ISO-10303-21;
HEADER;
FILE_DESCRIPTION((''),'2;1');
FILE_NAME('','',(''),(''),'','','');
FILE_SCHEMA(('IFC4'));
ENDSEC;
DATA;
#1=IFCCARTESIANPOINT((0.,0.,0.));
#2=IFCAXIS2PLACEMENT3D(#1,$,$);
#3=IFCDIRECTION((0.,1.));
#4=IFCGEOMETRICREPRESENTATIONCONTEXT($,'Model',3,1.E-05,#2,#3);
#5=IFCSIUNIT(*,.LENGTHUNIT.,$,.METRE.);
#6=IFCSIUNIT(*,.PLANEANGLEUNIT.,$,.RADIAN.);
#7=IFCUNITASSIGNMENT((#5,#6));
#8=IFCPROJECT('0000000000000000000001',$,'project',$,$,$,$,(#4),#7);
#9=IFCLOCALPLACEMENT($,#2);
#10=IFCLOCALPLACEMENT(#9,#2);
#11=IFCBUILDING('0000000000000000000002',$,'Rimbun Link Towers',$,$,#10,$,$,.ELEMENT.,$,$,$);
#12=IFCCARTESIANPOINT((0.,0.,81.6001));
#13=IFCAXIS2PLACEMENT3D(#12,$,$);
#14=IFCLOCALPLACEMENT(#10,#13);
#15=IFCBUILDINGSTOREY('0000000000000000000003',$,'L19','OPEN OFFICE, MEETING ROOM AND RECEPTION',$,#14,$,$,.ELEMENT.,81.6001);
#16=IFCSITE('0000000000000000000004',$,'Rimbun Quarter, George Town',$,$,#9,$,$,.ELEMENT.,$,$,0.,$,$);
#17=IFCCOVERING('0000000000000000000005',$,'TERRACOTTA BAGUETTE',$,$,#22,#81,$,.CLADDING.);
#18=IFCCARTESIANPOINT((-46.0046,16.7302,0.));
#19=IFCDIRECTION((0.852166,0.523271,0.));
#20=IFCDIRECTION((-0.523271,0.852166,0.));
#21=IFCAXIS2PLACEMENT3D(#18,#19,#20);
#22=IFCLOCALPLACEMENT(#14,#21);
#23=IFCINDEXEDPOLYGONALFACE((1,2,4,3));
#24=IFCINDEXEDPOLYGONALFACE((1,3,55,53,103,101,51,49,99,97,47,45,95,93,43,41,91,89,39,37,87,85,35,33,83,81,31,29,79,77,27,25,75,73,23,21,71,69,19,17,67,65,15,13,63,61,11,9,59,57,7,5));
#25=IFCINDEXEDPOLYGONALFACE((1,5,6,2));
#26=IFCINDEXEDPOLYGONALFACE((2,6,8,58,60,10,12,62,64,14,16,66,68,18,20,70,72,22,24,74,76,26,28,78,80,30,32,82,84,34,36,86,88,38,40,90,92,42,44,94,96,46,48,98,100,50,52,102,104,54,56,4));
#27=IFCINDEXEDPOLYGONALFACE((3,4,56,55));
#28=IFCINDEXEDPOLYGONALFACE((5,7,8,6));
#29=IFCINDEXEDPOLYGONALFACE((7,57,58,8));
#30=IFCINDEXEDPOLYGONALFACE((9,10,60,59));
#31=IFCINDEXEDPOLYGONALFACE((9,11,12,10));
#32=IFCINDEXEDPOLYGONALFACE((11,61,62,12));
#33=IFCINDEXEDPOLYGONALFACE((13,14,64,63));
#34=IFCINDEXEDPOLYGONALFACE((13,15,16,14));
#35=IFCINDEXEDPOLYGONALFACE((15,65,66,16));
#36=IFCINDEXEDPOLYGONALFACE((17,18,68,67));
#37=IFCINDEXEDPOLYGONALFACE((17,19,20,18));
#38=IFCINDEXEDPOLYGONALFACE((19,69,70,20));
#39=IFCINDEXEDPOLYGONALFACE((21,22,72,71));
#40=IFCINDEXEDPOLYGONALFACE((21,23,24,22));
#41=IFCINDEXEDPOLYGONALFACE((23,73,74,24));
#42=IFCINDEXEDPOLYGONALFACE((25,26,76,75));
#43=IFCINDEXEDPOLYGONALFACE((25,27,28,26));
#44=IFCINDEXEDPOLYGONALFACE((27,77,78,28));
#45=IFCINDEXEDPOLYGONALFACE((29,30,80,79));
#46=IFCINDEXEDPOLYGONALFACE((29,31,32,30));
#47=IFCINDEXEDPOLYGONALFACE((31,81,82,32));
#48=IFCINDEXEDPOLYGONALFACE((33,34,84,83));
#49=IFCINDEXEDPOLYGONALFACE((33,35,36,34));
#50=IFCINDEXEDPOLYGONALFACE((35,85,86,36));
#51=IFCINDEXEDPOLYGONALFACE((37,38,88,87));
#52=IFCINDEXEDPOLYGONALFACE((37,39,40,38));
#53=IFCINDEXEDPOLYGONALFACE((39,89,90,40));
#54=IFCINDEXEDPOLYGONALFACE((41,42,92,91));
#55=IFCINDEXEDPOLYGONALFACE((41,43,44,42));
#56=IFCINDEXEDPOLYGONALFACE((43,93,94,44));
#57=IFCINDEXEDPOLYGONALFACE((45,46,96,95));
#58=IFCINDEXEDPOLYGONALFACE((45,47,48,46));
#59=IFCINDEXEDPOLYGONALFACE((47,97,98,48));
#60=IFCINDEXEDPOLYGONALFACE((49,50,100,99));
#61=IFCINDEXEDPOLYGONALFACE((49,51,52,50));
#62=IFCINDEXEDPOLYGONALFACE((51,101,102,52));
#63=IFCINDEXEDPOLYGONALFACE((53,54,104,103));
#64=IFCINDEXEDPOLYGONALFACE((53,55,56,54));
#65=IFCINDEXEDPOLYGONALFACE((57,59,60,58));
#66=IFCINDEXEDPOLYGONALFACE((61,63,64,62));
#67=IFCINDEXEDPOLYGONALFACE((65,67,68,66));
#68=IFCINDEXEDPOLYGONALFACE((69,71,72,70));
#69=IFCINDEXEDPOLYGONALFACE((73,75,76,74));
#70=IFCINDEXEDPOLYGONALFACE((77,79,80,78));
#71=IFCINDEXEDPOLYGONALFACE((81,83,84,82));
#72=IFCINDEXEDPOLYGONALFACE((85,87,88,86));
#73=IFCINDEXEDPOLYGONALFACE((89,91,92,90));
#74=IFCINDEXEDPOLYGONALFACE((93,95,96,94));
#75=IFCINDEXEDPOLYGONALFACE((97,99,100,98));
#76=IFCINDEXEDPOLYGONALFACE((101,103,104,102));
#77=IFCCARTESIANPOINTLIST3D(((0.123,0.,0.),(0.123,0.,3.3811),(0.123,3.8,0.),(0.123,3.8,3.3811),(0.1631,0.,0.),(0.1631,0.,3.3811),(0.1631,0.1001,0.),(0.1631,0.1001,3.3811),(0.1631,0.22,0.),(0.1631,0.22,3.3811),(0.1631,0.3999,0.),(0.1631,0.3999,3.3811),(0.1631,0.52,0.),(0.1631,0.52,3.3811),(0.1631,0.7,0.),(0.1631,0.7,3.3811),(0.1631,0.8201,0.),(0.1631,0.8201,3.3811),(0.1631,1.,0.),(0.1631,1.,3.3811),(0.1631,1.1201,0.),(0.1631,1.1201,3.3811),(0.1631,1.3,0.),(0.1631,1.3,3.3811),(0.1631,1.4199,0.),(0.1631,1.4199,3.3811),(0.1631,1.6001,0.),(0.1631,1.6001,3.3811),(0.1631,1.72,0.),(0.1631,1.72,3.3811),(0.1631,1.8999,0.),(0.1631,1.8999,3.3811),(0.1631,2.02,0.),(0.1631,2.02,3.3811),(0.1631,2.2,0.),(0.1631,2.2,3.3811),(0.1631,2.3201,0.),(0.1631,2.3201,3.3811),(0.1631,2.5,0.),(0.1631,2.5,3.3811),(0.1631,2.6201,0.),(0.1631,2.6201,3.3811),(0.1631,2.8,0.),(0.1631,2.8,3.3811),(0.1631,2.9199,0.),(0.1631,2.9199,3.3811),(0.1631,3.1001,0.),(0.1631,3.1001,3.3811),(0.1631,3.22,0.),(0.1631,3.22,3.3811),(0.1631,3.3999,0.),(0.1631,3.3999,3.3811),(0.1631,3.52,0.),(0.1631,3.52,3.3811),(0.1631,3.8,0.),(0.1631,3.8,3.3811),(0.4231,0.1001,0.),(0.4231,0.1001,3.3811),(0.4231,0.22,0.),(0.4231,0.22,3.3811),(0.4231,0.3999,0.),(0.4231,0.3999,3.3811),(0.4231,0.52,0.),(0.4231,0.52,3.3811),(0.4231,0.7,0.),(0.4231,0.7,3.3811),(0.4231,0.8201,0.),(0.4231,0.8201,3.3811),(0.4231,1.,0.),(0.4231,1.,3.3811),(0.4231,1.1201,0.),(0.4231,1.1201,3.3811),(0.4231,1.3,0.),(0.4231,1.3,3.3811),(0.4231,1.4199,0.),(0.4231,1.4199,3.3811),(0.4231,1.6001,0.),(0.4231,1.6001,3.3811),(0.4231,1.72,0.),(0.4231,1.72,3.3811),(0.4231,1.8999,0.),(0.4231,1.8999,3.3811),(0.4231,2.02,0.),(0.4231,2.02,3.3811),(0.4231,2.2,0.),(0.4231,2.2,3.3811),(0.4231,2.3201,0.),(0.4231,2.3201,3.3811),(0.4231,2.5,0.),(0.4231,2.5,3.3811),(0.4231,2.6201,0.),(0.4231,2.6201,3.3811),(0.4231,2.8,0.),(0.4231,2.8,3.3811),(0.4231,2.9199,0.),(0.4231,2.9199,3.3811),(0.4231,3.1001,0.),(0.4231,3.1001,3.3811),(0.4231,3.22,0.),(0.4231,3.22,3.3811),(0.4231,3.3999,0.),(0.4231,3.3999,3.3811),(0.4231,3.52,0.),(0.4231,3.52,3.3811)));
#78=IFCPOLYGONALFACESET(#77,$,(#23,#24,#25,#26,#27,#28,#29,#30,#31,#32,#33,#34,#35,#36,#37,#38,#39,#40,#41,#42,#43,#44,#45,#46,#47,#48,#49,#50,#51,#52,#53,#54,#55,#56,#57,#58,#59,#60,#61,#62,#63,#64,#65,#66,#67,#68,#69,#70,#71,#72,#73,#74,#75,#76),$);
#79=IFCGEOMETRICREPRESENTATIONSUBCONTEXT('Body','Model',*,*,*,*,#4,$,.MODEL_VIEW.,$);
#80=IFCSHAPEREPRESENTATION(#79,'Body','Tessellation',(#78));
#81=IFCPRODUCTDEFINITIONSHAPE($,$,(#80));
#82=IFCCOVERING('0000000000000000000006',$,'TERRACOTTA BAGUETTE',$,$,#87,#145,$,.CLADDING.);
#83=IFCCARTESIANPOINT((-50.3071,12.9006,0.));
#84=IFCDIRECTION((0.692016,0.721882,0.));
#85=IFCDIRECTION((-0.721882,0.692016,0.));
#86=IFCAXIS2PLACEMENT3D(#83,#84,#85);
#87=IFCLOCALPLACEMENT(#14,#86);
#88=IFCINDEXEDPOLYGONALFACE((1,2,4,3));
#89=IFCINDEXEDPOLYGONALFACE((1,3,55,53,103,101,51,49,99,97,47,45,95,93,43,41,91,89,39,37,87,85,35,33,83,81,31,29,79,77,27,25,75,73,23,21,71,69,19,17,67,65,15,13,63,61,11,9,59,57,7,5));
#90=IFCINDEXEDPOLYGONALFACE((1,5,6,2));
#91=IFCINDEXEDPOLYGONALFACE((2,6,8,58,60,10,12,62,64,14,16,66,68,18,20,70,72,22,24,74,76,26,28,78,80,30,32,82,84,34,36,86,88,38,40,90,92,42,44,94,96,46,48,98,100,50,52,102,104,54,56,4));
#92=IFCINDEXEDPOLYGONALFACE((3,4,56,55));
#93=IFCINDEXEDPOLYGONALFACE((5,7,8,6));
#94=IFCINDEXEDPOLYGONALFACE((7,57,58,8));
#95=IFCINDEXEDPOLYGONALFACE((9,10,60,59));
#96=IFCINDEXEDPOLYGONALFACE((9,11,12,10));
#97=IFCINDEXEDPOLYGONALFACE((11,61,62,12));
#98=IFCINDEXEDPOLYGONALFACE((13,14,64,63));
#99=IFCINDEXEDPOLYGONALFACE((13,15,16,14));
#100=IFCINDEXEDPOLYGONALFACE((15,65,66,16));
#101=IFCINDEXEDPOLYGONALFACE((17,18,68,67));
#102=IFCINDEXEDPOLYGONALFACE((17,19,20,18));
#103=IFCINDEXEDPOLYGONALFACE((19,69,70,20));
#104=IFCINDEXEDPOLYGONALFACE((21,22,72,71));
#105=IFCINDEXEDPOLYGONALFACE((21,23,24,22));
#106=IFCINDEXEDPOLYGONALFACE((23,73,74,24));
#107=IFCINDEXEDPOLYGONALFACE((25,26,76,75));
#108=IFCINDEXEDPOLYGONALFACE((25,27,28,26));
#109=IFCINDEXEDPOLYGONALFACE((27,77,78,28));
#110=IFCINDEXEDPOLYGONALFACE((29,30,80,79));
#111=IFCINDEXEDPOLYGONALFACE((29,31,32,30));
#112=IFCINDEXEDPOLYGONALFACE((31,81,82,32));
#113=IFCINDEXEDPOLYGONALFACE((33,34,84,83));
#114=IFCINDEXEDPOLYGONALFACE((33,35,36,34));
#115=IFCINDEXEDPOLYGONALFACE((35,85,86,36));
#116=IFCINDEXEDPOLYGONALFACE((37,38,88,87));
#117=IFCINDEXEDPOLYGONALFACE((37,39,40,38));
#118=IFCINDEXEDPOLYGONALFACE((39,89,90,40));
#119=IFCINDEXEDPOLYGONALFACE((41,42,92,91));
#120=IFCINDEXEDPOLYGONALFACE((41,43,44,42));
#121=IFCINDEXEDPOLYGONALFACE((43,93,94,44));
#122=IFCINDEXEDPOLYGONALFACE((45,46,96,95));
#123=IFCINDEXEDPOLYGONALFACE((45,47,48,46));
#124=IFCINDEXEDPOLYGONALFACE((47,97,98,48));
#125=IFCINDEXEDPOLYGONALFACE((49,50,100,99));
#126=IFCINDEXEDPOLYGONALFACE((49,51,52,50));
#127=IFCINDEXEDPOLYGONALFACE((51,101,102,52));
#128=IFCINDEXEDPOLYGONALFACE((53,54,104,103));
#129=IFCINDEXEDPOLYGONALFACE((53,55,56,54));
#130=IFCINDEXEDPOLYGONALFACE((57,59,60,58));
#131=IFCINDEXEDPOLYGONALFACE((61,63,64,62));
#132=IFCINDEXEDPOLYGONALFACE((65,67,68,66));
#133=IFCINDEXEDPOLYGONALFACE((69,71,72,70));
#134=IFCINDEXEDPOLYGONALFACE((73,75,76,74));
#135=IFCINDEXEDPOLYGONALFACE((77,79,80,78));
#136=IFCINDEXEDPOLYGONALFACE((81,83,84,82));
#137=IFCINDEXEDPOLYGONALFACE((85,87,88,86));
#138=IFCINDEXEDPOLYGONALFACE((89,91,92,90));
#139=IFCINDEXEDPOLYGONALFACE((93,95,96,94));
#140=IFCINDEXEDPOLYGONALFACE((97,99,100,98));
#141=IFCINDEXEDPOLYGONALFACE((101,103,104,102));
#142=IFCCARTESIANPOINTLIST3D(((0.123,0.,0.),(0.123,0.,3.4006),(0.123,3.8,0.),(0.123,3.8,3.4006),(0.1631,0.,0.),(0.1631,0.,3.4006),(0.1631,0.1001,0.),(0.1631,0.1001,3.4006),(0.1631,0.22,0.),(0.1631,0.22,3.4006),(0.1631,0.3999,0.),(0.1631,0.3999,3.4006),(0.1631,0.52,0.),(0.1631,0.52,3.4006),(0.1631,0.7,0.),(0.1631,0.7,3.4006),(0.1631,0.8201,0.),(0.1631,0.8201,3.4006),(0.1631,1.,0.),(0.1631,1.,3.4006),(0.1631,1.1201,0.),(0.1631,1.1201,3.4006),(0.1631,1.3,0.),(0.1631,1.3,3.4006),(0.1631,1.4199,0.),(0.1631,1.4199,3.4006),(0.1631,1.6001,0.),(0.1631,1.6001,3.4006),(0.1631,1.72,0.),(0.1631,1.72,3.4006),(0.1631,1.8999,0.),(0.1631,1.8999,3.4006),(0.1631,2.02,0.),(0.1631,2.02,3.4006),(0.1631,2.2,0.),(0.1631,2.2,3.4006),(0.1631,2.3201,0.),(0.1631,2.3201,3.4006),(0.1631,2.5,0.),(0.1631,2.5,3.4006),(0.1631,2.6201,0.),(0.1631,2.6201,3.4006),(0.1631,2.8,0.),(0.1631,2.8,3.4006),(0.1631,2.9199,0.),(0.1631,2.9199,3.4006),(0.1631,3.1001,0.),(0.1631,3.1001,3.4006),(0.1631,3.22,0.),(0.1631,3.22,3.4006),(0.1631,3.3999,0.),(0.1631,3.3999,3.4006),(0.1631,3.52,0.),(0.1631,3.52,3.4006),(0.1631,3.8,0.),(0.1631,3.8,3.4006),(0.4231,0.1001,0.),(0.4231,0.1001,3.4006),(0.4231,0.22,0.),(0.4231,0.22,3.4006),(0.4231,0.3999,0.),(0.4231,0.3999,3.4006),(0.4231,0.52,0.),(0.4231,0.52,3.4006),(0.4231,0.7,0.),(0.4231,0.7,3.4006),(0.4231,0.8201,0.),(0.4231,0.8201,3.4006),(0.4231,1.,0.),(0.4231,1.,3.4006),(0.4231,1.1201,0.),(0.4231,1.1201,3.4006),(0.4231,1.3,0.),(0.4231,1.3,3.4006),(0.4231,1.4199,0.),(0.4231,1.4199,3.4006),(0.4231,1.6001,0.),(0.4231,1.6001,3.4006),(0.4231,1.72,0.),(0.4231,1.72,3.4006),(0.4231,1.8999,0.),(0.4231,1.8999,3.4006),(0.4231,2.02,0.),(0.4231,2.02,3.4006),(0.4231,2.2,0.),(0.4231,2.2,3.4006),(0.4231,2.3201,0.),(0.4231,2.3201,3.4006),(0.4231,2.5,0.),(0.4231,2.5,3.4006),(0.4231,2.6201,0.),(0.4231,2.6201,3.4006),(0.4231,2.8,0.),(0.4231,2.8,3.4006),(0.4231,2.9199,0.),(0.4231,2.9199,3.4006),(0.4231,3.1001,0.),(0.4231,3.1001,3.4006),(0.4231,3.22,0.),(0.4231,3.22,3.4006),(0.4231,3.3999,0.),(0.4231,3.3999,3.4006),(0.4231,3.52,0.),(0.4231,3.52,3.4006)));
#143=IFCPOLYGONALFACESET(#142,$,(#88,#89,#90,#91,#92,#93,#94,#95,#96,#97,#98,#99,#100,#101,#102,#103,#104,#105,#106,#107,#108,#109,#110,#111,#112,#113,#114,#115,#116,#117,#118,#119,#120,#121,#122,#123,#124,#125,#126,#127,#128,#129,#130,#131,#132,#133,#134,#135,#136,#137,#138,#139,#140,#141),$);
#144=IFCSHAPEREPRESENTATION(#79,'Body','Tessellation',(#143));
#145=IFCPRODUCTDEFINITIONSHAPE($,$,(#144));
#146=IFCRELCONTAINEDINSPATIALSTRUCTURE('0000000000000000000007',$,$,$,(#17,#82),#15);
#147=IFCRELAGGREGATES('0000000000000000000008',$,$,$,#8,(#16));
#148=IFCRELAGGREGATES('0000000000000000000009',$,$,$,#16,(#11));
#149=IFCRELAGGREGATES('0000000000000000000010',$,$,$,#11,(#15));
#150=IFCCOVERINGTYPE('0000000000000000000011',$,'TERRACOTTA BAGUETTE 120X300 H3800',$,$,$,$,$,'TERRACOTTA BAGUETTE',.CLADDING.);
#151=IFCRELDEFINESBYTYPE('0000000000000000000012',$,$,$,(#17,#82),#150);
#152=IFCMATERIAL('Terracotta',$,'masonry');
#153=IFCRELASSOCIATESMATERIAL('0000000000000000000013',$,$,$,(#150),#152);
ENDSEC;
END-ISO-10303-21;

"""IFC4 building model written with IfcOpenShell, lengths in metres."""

from ifc_helpers import new_model, si_unit, direction, frame, origin, place, context, subcontext, project, spatial, polyline, outline, extrude, material, material_profile, profile_set, type_object, element, save


model = new_model("IFC4")

# Units and contexts
model_context = context("Model", 3, precision=1e-05, world=origin(), true_north=direction((0.0, 1.0)))
body_context = subcontext(model_context, "Body", "Model", "MODEL_VIEW")
ifc_project = project(units=[si_unit("LENGTHUNIT", "METRE"), si_unit("PLANEANGLEUNIT", "RADIAN")], contexts=[model_context])

# Site, building, storey
site_placement = place(None, origin())
site = spatial("IfcSite", under=ifc_project, at=site_placement, Name="Rimbun Quarter, George Town", CompositionType="ELEMENT", RefElevation=0.0)
building_placement = place(site_placement, origin())
building = spatial("IfcBuilding", under=site, at=building_placement, Name="Rimbun Link Towers", CompositionType="ELEMENT")
storey_placement = place(building_placement, frame((0.0, 0.0, 81.6001)))
storey = spatial("IfcBuildingStorey", under=building, at=storey_placement, Name="L19", Description="OPEN OFFICE, MEETING ROOM AND RECEPTION", CompositionType="ELEMENT", Elevation=81.6001)

# Coverings
ifc_material_1 = material(Name="Terracotta", Category="masonry")
ifc_material_profile_1 = material_profile(ifc_material_1, outline(polyline([(0.123, 0.0), (0.1631, 0.0), (0.1631, 0.1001), (0.4231, 0.1001), (0.4231, 0.22), (0.1631, 0.22), (0.1631, 0.3999), (0.4231, 0.3999), (0.4231, 0.52), (0.1631, 0.52), (0.1631, 0.7), (0.4231, 0.7), (0.4231, 0.8201), (0.1631, 0.8201), (0.1631, 1.0), (0.4231, 1.0), (0.4231, 1.1201), (0.1631, 1.1201), (0.1631, 1.3), (0.4231, 1.3), (0.4231, 1.4199), (0.1631, 1.4199), (0.1631, 1.6001), (0.4231, 1.6001), (0.4231, 1.72), (0.1631, 1.72), (0.1631, 1.8999), (0.4231, 1.8999), (0.4231, 2.02), (0.1631, 2.02), (0.1631, 2.2), (0.4231, 2.2), (0.4231, 2.3201), (0.1631, 2.3201), (0.1631, 2.5), (0.4231, 2.5), (0.4231, 2.6201), (0.1631, 2.6201), (0.1631, 2.8), (0.4231, 2.8), (0.4231, 2.9199), (0.1631, 2.9199), (0.1631, 3.1001), (0.4231, 3.1001), (0.4231, 3.22), (0.1631, 3.22), (0.1631, 3.3999), (0.4231, 3.3999), (0.4231, 3.52), (0.1631, 3.52), (0.1631, 3.8), (0.123, 3.8), (0.123, 0.0)])), Name="BAGUETTE 120X300")
ifc_profile_set_1 = profile_set([ifc_material_profile_1], Name="Terracotta")
covering_type = type_object("IfcCoveringType", Name="TERRACOTTA BAGUETTE 120X300 H3800", ElementType="TERRACOTTA BAGUETTE", PredefinedType="CLADDING", material=ifc_profile_set_1)
covering_1_placement = place(storey_placement, frame((-46.0046, 16.7302, 0.0), z_axis=(0.852166, 0.523271, 0.0), x_axis=(-0.523271, 0.852166, 0.0)))
element("IfcCovering", 1, at=covering_1_placement, inside=storey, type_object=covering_type, Name="TERRACOTTA BAGUETTE", PredefinedType="CLADDING", context=body_context, shape_type="SweptSolid", body=[
    extrude(outline(polyline([(0.123, 0.0), (0.1631, 0.0), (0.1631, 0.1001), (0.4231, 0.1001), (0.4231, 0.22), (0.1631, 0.22), (0.1631, 0.3999), (0.4231, 0.3999), (0.4231, 0.52), (0.1631, 0.52), (0.1631, 0.7), (0.4231, 0.7), (0.4231, 0.8201), (0.1631, 0.8201), (0.1631, 1.0), (0.4231, 1.0), (0.4231, 1.1201), (0.1631, 1.1201), (0.1631, 1.3), (0.4231, 1.3), (0.4231, 1.4199), (0.1631, 1.4199), (0.1631, 1.6001), (0.4231, 1.6001), (0.4231, 1.72), (0.1631, 1.72), (0.1631, 1.8999), (0.4231, 1.8999), (0.4231, 2.02), (0.1631, 2.02), (0.1631, 2.2), (0.4231, 2.2), (0.4231, 2.3201), (0.1631, 2.3201), (0.1631, 2.5), (0.4231, 2.5), (0.4231, 2.6201), (0.1631, 2.6201), (0.1631, 2.8), (0.4231, 2.8), (0.4231, 2.9199), (0.1631, 2.9199), (0.1631, 3.1001), (0.4231, 3.1001), (0.4231, 3.22), (0.1631, 3.22), (0.1631, 3.3999), (0.4231, 3.3999), (0.4231, 3.52), (0.1631, 3.52), (0.1631, 3.8), (0.123, 3.8), (0.123, 0.0)])), origin(), (0.0, 0.0, 1.0), 3.3811),
])
covering_2_placement = place(storey_placement, frame((-50.3071, 12.9006, 0.0), z_axis=(0.692016, 0.721882, 0.0), x_axis=(-0.721882, 0.692016, 0.0)))
element("IfcCovering", 2, at=covering_2_placement, inside=storey, type_object=covering_type, Name="TERRACOTTA BAGUETTE", PredefinedType="CLADDING", context=body_context, shape_type="SweptSolid", body=[
    extrude(outline(polyline([(0.123, 0.0), (0.1631, 0.0), (0.1631, 0.1001), (0.4231, 0.1001), (0.4231, 0.22), (0.1631, 0.22), (0.1631, 0.3999), (0.4231, 0.3999), (0.4231, 0.52), (0.1631, 0.52), (0.1631, 0.7), (0.4231, 0.7), (0.4231, 0.8201), (0.1631, 0.8201), (0.1631, 1.0), (0.4231, 1.0), (0.4231, 1.1201), (0.1631, 1.1201), (0.1631, 1.3), (0.4231, 1.3), (0.4231, 1.4199), (0.1631, 1.4199), (0.1631, 1.6001), (0.4231, 1.6001), (0.4231, 1.72), (0.1631, 1.72), (0.1631, 1.8999), (0.4231, 1.8999), (0.4231, 2.02), (0.1631, 2.02), (0.1631, 2.2), (0.4231, 2.2), (0.4231, 2.3201), (0.1631, 2.3201), (0.1631, 2.5), (0.4231, 2.5), (0.4231, 2.6201), (0.1631, 2.6201), (0.1631, 2.8), (0.4231, 2.8), (0.4231, 2.9199), (0.1631, 2.9199), (0.1631, 3.1001), (0.4231, 3.1001), (0.4231, 3.22), (0.1631, 3.22), (0.1631, 3.3999), (0.4231, 3.3999), (0.4231, 3.52), (0.1631, 3.52), (0.1631, 3.8), (0.123, 3.8), (0.123, 0.0)])), origin(), (0.0, 0.0, 1.0), 3.4006),
])

save(model, "model.ifc")
